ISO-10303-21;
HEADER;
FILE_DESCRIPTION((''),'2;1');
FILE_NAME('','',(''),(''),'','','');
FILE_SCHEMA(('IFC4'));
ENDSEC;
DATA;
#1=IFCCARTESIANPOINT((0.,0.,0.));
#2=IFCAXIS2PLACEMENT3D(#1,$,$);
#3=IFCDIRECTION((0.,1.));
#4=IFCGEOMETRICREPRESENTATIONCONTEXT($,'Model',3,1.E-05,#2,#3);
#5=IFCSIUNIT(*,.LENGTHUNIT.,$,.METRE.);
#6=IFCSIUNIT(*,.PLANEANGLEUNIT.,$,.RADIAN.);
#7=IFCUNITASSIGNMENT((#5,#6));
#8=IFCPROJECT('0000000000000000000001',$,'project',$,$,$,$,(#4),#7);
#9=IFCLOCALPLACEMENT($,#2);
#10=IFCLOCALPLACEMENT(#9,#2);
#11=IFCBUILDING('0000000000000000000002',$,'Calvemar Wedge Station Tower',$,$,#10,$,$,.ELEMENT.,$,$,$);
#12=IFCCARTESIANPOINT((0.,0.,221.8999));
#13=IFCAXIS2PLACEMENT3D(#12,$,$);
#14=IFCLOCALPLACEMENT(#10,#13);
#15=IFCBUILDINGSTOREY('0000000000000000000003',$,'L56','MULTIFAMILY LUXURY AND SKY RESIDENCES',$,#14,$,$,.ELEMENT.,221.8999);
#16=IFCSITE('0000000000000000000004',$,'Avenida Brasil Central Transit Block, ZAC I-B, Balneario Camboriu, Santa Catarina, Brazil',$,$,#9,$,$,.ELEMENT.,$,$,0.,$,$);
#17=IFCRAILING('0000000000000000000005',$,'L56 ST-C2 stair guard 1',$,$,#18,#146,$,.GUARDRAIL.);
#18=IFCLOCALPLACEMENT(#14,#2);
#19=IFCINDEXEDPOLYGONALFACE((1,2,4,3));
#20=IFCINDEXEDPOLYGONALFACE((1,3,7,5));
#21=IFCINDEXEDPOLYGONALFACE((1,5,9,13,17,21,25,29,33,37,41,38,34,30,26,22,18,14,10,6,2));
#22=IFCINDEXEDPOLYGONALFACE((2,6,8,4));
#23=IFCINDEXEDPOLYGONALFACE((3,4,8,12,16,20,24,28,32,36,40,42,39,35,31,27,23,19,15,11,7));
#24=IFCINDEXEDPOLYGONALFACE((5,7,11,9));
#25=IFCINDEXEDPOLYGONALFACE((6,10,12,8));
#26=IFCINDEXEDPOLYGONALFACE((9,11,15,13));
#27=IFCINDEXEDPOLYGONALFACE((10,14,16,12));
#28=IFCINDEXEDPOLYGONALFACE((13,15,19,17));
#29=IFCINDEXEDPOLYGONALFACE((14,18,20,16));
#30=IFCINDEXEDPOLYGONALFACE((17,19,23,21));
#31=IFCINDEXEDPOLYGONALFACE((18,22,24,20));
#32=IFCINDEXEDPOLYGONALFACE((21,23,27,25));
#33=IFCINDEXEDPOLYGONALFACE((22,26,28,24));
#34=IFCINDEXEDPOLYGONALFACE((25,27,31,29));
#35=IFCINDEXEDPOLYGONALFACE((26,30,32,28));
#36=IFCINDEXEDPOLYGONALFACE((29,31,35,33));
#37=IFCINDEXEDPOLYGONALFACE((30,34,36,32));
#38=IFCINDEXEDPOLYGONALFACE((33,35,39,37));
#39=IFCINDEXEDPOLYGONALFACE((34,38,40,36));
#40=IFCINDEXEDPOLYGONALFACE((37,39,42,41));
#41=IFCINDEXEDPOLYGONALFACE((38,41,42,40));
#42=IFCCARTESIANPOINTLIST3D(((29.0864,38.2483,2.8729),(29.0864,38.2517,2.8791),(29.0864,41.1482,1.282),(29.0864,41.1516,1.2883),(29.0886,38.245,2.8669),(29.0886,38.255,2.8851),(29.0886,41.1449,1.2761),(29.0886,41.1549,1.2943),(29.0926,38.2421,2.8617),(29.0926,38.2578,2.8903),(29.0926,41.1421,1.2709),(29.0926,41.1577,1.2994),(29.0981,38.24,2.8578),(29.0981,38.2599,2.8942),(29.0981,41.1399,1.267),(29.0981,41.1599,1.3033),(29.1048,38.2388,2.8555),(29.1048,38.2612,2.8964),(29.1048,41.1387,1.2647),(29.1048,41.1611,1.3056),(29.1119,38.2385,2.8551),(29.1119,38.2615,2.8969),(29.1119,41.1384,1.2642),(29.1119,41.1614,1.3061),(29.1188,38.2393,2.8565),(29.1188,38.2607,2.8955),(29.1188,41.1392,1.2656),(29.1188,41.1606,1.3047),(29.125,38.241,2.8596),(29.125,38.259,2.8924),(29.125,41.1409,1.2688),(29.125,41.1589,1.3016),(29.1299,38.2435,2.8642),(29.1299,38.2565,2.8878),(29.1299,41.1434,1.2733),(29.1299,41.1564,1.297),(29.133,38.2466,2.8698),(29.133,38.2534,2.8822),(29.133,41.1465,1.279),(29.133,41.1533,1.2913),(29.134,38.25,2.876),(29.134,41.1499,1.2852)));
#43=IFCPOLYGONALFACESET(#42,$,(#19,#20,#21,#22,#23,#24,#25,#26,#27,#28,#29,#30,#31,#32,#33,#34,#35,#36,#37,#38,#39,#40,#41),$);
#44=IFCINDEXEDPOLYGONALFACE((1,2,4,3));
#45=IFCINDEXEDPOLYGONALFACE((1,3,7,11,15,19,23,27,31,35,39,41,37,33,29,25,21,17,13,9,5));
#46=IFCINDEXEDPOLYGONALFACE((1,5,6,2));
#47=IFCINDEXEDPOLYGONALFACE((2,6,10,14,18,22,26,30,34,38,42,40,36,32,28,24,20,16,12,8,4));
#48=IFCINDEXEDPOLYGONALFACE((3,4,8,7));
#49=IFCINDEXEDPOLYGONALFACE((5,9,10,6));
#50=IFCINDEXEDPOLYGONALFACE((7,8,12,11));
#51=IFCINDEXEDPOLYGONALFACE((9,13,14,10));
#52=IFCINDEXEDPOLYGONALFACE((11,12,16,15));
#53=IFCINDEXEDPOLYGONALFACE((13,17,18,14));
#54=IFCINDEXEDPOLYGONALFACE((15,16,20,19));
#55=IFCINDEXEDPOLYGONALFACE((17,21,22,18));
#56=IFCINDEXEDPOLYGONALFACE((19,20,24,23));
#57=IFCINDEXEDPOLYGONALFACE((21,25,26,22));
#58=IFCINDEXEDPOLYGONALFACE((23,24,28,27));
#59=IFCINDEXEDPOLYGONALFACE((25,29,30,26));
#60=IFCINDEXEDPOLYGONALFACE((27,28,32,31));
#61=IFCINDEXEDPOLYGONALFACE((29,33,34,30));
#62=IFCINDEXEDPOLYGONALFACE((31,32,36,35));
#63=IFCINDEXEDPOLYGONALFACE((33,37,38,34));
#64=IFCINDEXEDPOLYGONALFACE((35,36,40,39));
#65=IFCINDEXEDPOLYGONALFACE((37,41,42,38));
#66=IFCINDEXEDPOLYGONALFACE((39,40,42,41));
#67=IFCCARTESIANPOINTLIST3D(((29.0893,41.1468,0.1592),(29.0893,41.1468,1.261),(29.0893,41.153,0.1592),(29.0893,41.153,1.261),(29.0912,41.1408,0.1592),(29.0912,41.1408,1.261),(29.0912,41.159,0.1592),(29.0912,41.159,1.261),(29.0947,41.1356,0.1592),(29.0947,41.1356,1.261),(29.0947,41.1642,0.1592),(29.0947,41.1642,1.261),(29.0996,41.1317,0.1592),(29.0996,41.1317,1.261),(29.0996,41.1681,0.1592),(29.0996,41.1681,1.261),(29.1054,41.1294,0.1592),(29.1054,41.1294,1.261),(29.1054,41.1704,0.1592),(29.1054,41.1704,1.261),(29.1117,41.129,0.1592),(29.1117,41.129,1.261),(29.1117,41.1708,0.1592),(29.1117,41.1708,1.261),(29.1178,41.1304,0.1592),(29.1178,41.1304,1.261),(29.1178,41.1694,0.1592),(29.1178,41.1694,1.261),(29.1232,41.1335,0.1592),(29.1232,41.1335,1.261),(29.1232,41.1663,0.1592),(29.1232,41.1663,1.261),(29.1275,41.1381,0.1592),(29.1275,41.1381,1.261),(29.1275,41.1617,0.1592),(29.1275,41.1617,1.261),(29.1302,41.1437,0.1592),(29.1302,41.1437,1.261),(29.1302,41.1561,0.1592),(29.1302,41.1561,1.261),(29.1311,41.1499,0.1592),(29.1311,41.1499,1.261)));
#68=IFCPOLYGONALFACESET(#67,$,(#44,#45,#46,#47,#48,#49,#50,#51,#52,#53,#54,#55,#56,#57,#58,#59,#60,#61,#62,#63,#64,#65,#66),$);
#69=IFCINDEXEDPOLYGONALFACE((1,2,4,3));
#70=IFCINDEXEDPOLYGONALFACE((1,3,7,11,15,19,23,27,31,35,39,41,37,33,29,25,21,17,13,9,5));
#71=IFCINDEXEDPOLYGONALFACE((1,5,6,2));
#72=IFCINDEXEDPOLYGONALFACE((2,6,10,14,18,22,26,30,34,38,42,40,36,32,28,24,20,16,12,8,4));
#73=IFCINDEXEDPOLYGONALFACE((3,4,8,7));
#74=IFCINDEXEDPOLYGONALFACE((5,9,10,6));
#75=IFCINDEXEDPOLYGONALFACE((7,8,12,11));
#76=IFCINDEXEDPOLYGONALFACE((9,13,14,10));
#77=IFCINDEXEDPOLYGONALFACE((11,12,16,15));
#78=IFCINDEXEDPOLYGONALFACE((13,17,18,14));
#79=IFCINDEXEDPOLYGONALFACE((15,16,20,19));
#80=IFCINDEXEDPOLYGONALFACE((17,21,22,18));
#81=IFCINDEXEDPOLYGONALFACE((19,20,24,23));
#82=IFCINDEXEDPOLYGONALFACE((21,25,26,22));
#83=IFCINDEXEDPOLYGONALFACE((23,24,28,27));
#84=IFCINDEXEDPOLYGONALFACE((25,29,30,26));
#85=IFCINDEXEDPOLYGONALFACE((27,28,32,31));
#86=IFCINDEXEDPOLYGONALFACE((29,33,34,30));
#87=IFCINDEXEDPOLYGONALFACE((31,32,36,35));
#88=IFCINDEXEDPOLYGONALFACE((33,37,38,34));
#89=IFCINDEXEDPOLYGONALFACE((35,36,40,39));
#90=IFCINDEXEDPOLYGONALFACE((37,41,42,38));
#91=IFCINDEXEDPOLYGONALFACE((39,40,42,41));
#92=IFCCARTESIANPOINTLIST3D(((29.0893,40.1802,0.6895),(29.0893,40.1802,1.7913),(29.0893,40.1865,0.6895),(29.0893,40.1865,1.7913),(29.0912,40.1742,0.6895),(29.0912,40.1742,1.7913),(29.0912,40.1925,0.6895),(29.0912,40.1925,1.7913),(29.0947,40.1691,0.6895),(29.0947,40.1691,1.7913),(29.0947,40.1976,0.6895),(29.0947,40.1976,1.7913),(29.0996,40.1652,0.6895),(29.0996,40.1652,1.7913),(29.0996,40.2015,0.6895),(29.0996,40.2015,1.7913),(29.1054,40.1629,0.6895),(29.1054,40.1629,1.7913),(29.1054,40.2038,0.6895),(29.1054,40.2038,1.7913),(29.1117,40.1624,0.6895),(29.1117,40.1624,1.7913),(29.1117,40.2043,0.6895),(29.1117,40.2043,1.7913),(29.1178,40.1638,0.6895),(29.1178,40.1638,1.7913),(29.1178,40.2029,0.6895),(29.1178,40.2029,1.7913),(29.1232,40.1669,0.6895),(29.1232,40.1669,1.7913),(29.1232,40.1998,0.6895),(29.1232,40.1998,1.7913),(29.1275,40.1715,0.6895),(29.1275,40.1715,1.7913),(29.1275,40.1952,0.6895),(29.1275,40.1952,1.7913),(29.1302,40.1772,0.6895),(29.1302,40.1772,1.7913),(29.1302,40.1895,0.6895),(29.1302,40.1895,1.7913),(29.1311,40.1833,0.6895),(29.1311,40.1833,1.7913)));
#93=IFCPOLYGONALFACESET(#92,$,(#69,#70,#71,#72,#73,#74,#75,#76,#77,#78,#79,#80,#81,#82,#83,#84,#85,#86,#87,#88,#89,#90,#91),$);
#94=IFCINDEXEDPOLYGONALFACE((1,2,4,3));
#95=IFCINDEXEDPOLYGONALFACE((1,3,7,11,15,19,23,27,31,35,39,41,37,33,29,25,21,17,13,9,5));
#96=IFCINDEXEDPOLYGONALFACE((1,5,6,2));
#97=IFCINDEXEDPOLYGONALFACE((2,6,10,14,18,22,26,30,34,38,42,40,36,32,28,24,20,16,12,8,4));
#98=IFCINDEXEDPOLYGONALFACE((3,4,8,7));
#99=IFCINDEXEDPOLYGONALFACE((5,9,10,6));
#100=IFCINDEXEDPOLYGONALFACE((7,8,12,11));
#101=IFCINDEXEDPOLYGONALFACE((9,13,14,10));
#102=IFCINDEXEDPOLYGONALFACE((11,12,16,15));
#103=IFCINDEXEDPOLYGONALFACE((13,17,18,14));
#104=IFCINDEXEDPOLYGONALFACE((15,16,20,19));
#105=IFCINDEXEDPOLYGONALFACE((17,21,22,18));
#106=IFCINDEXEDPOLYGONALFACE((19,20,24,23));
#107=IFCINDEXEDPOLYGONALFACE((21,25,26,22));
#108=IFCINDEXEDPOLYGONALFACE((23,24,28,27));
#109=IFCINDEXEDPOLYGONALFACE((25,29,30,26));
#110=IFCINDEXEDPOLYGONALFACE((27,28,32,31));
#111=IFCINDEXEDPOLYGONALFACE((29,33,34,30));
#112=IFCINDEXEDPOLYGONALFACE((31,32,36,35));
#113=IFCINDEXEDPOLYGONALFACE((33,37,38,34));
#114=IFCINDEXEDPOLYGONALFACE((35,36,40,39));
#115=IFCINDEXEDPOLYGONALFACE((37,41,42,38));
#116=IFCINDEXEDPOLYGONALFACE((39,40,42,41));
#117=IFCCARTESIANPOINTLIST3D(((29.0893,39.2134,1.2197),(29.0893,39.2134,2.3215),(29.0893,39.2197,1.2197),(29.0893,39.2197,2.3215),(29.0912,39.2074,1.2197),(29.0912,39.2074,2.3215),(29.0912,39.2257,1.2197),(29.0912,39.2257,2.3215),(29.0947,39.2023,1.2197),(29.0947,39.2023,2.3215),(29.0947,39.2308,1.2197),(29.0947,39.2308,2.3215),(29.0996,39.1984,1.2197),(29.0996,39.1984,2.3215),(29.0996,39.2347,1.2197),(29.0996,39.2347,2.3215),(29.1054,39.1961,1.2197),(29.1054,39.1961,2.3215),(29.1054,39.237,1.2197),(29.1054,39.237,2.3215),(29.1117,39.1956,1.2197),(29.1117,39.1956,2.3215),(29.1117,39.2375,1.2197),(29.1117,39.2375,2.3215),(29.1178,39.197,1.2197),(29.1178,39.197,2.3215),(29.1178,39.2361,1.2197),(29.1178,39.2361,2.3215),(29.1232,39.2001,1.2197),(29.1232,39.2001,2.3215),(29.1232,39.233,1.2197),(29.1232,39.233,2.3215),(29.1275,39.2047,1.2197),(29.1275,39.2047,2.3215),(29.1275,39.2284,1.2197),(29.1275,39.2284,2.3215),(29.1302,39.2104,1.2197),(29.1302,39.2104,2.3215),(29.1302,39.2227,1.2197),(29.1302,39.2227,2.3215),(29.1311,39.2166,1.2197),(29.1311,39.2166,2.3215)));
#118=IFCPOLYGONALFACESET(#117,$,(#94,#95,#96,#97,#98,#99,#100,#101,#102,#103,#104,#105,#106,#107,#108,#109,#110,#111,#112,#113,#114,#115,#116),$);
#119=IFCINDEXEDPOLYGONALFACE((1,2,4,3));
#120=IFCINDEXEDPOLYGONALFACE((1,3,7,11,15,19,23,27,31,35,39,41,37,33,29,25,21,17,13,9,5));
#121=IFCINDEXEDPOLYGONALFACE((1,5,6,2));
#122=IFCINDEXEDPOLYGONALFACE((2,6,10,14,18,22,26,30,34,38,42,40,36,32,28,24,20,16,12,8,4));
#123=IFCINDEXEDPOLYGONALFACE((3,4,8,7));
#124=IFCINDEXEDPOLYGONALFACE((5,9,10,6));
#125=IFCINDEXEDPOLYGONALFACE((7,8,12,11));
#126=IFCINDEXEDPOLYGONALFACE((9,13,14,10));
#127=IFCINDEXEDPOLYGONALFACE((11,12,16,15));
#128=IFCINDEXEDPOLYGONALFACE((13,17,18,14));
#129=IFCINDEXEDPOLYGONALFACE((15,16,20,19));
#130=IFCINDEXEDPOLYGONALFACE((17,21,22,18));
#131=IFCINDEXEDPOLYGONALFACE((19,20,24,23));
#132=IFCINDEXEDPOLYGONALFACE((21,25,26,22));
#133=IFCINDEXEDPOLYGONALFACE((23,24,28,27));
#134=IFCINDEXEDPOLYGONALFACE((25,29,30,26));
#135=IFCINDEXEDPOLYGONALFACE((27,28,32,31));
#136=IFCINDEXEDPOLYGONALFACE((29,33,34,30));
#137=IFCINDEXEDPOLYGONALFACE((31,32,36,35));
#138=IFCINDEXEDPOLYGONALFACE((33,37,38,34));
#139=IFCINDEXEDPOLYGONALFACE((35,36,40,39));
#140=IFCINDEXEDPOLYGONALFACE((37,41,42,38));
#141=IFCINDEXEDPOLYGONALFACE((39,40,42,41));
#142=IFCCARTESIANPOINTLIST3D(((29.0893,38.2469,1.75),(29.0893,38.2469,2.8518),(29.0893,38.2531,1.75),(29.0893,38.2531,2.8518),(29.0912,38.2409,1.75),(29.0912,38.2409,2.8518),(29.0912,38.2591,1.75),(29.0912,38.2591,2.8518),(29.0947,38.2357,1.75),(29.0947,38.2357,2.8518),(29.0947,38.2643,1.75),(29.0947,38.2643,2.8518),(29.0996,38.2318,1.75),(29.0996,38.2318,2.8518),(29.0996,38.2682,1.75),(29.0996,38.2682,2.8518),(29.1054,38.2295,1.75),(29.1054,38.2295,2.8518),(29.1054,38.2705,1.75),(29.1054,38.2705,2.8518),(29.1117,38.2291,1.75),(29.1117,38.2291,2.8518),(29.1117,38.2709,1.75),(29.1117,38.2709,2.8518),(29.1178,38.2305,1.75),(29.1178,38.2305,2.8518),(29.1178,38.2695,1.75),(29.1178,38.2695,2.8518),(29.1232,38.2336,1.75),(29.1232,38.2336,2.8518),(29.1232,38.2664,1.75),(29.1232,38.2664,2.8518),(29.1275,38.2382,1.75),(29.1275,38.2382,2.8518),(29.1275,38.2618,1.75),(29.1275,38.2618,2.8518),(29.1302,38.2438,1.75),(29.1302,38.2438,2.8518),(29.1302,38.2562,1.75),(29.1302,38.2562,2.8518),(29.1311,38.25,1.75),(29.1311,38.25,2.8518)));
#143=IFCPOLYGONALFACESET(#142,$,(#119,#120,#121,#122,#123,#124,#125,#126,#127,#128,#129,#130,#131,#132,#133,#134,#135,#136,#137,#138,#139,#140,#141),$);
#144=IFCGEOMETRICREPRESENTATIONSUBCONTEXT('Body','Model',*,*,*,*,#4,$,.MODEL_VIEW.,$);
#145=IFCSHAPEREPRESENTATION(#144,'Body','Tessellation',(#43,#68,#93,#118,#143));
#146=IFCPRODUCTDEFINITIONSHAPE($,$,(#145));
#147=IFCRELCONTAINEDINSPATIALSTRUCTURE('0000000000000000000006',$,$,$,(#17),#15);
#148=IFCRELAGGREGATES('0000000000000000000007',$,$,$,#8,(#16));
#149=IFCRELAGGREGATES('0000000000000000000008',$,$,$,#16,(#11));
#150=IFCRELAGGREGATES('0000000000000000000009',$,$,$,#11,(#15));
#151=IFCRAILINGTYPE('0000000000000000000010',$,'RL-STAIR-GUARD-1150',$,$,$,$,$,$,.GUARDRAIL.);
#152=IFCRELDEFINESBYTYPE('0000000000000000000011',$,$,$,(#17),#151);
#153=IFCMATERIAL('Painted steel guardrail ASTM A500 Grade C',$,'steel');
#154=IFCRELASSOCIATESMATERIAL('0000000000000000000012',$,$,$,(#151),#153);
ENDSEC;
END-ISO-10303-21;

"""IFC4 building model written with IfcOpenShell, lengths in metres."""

from ifc_helpers import new_model, si_unit, direction, frame, origin, origin_2d, place, context, subcontext, project, spatial, circle, extrude, material, type_object, element, save


model = new_model("IFC4")

# Units and contexts
model_context = context("Model", 3, precision=1e-05, world=origin(), true_north=direction((0.0, 1.0)))
body_context = subcontext(model_context, "Body", "Model", "MODEL_VIEW")
ifc_project = project(units=[si_unit("LENGTHUNIT", "METRE"), si_unit("PLANEANGLEUNIT", "RADIAN")], contexts=[model_context])

# Site, building, storey
site_placement = place(None, origin())
site = spatial("IfcSite", under=ifc_project, at=site_placement, Name="Avenida Brasil Central Transit Block, ZAC I-B, Balneario Camboriu, Santa Catarina, Brazil", CompositionType="ELEMENT", RefElevation=0.0)
building_placement = place(site_placement, origin())
building = spatial("IfcBuilding", under=site, at=building_placement, Name="Calvemar Wedge Station Tower", CompositionType="ELEMENT")
storey_placement = place(building_placement, frame((0.0, 0.0, 221.8999)))
storey = spatial("IfcBuildingStorey", under=building, at=storey_placement, Name="L56", Description="MULTIFAMILY LUXURY AND SKY RESIDENCES", CompositionType="ELEMENT", Elevation=221.8999)

# Railing
ifc_material_1 = material(Name="Painted steel guardrail ASTM A500 Grade C", Category="steel")
railing_type_1 = type_object("IfcRailingType", Name="RL-STAIR-GUARD-1150", PredefinedType="GUARDRAIL", material=ifc_material_1)
railing_1_placement = place(storey_placement, frame((29.1101, 41.1499, 0.1592)))
element("IfcRailing", 1, at=railing_1_placement, inside=storey, type_object=railing_type_1, Name="L56 ST-C2 stair guard 1", PredefinedType="GUARDRAIL", context=body_context, shape_type="SweptSolid", body=[
    extrude(circle(Radius=0.0239, at=origin_2d()), frame((0.0, 0.0, 1.126), z_axis=(0.0, -0.876742, 0.480961), x_axis=(1.0, 0.0, 0.0)), (0.0, 0.0, 1.0), 3.3076),
    extrude(circle(Radius=0.021, at=origin_2d()), origin(), (0.0, 0.0, 1.0), 1.1018),
    extrude(circle(Radius=0.021, at=origin_2d()), frame((0.0, -0.9666, 0.5303)), (0.0, 0.0, 1.0), 1.1018),
    extrude(circle(Radius=0.021, at=origin_2d()), frame((0.0, -1.9333, 1.0605)), (0.0, 0.0, 1.0), 1.1018),
    extrude(circle(Radius=0.021, at=origin_2d()), frame((0.0, -2.8999, 1.5908)), (0.0, 0.0, 1.0), 1.1018),
])

save(model, "model.ifc")
